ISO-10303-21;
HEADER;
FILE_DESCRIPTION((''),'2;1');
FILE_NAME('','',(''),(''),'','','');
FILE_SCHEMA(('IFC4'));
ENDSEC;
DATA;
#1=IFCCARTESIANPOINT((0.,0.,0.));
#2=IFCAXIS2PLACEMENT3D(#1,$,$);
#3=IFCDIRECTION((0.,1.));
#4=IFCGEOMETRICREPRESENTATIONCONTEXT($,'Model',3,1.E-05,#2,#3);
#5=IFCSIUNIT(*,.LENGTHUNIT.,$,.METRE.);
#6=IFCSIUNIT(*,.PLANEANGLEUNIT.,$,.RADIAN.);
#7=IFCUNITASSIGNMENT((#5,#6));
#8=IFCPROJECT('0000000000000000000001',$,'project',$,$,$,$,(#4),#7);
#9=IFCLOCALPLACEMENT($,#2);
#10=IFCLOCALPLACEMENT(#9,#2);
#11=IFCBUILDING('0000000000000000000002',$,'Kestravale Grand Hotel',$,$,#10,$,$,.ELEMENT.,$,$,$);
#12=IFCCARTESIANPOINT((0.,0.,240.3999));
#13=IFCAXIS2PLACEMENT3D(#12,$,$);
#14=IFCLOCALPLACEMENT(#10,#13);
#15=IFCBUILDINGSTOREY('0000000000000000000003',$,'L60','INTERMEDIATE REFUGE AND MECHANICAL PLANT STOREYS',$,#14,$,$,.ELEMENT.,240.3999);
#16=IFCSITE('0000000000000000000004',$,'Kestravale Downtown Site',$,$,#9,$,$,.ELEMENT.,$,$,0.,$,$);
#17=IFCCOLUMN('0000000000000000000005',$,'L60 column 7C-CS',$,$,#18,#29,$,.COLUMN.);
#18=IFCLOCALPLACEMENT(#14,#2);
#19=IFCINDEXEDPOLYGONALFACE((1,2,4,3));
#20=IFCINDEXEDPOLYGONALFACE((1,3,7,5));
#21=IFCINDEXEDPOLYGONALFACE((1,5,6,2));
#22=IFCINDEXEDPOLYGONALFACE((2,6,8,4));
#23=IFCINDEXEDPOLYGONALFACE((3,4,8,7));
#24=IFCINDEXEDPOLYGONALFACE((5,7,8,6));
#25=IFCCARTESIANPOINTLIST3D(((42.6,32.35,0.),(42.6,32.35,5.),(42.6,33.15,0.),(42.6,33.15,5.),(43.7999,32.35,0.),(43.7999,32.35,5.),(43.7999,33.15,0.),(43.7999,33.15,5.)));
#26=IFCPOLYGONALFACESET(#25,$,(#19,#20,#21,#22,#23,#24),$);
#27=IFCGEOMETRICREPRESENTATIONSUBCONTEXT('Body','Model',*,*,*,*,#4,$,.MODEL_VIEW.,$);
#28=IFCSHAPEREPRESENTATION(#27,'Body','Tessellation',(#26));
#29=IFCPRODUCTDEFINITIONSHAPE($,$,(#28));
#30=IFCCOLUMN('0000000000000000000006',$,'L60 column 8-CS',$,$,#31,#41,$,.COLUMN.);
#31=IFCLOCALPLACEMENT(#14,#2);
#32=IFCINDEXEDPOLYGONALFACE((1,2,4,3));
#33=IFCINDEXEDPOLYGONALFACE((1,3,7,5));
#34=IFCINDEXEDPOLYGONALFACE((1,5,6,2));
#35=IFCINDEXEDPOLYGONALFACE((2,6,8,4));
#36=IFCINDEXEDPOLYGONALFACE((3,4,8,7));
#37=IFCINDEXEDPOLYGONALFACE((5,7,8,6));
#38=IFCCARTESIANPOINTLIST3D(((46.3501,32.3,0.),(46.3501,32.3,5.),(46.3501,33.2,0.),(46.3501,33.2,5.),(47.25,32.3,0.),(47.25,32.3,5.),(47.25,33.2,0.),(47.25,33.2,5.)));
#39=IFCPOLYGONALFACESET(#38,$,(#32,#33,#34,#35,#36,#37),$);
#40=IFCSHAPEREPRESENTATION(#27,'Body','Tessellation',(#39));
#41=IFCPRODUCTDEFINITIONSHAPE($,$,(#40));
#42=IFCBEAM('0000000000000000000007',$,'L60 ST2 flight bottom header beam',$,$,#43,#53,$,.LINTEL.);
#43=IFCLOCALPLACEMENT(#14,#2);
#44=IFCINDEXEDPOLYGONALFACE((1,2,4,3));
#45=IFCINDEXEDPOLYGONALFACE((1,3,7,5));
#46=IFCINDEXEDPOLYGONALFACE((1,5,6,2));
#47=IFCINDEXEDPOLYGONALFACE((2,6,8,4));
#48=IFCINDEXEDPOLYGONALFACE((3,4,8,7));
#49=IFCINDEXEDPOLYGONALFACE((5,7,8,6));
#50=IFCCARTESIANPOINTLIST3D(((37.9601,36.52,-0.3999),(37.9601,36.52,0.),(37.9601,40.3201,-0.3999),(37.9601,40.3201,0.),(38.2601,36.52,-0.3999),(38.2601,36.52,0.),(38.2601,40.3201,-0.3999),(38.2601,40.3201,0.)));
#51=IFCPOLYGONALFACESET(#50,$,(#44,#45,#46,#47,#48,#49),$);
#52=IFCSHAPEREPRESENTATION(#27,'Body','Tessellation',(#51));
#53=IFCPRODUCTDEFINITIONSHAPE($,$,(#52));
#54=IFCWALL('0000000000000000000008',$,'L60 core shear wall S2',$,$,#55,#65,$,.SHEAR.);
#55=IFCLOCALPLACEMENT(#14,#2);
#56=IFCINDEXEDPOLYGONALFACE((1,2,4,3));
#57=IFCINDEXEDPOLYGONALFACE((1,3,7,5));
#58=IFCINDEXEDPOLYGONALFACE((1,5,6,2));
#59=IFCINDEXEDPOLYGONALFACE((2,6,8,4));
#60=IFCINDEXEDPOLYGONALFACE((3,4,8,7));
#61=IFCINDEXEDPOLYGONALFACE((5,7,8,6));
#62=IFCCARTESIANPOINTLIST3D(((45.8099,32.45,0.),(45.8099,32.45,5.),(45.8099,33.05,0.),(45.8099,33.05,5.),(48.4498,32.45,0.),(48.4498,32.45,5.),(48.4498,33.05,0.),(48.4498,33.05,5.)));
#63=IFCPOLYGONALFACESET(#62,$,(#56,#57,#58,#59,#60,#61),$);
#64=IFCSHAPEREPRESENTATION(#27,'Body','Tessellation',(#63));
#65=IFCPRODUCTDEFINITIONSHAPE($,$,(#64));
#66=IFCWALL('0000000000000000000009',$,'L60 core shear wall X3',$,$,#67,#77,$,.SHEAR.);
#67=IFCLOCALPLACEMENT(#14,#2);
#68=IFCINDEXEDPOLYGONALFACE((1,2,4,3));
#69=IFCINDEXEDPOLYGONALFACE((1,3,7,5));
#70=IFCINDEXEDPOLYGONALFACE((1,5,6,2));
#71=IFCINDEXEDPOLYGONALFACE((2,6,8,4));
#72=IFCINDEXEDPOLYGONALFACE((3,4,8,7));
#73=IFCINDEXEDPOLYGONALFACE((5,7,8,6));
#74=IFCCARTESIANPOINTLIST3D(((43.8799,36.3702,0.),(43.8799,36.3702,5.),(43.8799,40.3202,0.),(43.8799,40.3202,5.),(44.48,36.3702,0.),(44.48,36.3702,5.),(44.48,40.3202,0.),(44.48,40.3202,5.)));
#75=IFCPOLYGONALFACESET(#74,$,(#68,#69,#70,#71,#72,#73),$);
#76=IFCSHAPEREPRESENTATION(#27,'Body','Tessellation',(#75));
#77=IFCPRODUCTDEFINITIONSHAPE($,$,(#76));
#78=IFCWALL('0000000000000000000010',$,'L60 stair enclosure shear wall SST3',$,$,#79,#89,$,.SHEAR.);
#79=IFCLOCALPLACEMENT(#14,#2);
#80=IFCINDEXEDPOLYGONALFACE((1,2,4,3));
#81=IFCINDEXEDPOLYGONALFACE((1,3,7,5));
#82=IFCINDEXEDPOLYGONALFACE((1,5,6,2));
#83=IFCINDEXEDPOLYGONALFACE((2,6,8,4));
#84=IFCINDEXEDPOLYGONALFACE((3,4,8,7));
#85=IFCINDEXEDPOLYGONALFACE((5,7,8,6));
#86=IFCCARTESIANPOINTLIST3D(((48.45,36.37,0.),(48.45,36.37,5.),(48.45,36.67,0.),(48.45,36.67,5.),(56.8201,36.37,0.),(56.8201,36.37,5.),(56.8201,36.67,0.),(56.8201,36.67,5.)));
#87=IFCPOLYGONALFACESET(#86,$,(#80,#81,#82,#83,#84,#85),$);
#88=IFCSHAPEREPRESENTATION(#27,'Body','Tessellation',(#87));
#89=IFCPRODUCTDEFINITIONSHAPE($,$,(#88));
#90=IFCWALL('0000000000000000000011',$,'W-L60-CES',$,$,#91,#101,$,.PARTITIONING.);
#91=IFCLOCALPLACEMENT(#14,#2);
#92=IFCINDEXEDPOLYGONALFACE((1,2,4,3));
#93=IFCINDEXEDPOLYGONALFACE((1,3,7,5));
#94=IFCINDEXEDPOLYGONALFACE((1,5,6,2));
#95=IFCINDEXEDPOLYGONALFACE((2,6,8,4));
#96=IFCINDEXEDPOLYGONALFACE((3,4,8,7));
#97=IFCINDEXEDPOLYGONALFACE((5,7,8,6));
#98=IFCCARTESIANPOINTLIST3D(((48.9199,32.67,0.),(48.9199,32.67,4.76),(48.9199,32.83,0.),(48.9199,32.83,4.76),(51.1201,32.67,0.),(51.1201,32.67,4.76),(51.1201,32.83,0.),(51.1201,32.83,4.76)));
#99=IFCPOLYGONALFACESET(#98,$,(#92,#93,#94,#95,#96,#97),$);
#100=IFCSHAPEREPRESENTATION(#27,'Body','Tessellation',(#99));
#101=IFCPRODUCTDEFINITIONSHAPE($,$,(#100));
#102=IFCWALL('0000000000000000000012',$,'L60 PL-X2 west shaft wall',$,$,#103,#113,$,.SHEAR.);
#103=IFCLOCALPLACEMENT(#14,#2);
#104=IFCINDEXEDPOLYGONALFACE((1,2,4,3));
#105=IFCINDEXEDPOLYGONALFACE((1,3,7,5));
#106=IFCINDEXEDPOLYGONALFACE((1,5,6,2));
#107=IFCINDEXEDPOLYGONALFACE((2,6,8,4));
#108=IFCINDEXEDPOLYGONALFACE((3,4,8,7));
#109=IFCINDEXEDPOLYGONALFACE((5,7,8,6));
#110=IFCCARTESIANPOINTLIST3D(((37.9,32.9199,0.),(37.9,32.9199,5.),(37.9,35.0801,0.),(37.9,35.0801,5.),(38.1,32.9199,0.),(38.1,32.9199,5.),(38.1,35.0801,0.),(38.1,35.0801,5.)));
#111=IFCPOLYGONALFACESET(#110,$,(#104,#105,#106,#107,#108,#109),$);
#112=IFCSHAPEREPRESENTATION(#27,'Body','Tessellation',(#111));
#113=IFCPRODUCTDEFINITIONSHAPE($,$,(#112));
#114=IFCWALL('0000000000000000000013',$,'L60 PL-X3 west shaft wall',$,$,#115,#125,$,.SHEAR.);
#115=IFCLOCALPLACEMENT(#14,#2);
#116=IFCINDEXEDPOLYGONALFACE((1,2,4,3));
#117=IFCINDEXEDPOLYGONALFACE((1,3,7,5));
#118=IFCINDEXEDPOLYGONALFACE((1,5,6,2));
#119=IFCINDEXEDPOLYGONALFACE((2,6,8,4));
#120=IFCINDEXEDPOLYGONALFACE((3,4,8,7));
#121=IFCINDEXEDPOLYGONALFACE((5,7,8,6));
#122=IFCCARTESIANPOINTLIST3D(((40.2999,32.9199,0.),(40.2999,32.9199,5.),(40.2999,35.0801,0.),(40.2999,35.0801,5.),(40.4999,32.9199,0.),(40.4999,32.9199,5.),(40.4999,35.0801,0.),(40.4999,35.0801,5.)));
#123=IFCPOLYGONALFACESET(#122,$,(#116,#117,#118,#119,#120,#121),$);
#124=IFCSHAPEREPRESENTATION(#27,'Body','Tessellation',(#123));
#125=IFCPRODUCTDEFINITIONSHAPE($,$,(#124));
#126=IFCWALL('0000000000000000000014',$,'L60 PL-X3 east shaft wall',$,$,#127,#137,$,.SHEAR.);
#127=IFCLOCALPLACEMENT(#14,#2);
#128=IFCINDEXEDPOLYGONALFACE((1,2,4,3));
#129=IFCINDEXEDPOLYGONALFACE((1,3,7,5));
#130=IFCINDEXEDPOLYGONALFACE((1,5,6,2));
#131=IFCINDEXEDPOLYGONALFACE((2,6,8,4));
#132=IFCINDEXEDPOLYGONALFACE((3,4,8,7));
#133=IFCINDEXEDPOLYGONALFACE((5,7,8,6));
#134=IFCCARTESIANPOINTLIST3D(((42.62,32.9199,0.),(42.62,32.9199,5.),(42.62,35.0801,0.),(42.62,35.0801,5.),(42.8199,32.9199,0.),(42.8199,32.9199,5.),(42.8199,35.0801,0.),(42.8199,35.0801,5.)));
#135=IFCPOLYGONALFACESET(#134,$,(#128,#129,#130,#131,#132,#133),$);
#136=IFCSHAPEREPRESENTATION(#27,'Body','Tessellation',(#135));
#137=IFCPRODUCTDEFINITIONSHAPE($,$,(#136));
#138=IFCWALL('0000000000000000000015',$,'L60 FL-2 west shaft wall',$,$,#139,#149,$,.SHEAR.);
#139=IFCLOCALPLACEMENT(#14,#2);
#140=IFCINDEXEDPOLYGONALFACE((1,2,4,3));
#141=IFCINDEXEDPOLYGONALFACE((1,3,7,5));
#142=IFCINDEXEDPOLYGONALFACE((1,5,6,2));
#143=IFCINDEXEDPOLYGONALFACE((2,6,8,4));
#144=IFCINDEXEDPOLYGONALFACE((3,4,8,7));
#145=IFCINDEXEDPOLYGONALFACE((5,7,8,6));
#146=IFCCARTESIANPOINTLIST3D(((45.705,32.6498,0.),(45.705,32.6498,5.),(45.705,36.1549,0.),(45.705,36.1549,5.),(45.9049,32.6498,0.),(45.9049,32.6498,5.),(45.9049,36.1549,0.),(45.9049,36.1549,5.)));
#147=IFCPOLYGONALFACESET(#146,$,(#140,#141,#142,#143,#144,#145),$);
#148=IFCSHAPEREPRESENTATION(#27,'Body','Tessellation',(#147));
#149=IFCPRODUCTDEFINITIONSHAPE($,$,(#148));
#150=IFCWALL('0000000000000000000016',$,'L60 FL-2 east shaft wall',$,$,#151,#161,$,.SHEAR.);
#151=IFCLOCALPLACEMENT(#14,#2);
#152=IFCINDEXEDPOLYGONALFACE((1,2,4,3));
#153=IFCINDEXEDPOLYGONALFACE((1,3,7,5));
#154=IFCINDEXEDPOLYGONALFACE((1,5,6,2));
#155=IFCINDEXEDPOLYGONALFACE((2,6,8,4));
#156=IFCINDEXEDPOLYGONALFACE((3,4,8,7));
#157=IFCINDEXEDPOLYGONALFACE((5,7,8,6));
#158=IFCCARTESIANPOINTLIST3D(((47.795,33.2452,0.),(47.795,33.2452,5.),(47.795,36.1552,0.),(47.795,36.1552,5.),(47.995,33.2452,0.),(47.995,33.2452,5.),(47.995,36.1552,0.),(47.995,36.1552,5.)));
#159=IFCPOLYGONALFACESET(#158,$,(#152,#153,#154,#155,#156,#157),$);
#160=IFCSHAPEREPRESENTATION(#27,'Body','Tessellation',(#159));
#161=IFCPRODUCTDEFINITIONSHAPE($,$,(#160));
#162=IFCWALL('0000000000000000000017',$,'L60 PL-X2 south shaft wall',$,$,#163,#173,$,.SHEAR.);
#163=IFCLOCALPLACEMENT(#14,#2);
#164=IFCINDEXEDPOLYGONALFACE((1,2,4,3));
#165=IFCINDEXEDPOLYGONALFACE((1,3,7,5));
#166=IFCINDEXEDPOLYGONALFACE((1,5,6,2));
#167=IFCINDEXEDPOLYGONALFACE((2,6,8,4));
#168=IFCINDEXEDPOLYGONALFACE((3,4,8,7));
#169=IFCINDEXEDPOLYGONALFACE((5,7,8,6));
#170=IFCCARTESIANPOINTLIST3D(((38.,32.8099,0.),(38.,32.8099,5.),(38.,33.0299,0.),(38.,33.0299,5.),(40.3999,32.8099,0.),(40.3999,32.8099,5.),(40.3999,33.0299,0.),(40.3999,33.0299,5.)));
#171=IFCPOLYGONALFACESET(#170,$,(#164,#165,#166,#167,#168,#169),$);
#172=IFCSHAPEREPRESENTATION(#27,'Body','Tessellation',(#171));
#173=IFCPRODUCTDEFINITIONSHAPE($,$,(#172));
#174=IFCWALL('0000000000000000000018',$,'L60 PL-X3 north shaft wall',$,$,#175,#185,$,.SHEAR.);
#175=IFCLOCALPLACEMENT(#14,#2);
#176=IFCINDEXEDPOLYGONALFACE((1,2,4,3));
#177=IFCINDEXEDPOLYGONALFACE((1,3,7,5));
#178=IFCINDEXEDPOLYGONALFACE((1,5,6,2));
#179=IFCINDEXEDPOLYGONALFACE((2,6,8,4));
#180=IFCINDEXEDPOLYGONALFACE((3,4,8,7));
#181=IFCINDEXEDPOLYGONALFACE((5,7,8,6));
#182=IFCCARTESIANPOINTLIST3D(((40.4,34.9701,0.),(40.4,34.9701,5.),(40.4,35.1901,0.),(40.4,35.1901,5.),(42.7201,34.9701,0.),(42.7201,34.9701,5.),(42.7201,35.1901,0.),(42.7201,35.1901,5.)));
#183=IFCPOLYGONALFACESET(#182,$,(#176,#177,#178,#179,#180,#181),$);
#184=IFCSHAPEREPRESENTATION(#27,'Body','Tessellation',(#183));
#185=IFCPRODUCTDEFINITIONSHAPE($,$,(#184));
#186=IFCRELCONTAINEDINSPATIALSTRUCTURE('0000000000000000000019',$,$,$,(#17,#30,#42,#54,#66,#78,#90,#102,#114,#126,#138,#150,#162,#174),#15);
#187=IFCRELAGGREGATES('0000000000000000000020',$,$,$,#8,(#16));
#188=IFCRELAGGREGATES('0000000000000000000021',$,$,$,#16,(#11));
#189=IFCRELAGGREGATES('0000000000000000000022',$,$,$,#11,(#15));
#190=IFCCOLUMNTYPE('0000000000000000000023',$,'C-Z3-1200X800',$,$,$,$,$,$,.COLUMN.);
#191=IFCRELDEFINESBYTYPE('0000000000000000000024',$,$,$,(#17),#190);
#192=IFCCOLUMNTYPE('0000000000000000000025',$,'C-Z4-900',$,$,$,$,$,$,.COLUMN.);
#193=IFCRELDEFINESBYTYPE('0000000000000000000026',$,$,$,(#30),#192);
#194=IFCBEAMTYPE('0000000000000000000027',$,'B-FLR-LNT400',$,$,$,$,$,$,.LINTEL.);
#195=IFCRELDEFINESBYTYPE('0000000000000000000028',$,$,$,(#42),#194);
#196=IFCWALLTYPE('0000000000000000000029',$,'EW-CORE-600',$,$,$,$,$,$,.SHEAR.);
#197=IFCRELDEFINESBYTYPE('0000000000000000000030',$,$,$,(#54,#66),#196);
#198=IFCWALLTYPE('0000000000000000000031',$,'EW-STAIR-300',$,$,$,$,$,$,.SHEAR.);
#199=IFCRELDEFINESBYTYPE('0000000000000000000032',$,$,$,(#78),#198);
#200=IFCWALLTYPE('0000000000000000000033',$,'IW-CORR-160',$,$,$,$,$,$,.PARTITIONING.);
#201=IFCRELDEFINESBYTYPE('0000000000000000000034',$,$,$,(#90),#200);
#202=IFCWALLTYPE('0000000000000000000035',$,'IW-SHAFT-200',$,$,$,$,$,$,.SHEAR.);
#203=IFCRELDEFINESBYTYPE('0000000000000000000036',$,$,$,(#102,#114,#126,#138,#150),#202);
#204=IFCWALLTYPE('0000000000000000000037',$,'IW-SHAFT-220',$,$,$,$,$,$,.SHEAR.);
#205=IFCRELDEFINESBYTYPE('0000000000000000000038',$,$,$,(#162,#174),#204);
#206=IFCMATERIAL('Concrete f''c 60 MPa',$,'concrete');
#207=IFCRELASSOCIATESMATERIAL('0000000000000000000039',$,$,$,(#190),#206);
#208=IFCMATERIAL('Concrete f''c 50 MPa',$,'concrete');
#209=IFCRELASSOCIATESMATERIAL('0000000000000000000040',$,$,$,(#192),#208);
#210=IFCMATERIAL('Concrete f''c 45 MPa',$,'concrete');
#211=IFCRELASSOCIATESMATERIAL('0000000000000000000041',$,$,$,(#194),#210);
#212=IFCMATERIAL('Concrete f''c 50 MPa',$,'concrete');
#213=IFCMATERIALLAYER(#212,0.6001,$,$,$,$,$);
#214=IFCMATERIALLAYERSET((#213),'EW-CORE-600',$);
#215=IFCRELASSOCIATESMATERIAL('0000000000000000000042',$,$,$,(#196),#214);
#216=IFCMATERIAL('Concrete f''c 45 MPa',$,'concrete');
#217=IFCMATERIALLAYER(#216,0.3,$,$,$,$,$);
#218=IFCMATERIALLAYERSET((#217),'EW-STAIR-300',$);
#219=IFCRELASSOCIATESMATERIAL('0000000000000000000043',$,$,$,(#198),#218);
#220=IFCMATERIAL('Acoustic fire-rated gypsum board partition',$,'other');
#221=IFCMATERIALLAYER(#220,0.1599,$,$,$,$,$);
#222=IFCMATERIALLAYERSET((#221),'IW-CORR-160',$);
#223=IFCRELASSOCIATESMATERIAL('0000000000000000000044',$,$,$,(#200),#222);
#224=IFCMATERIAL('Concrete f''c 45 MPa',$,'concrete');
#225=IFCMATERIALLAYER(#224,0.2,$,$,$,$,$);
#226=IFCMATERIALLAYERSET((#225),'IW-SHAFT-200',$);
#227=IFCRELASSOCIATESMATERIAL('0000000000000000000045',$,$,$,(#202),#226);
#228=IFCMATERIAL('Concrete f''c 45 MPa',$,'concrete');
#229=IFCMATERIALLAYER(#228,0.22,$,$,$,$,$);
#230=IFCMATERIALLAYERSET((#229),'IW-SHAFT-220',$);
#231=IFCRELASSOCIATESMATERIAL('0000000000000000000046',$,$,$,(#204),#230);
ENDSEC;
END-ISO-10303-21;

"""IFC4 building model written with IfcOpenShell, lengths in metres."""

from ifc_helpers import new_model, si_unit, direction, frame, frame_2d, origin, origin_2d, place, context, subcontext, project, spatial, rectangle, extrude, material, layer, layer_set, material_profile, profile_set, type_object, element, save


model = new_model("IFC4")

# Units and contexts
model_context = context("Model", 3, precision=1e-05, world=origin(), true_north=direction((0.0, 1.0)))
body_context = subcontext(model_context, "Body", "Model", "MODEL_VIEW")
ifc_project = project(units=[si_unit("LENGTHUNIT", "METRE"), si_unit("PLANEANGLEUNIT", "RADIAN")], contexts=[model_context])

# Site, building, storey
site_placement = place(None, origin())
site = spatial("IfcSite", under=ifc_project, at=site_placement, Name="Kestravale Downtown Site", CompositionType="ELEMENT", RefElevation=0.0)
building_placement = place(site_placement, origin())
building = spatial("IfcBuilding", under=site, at=building_placement, Name="Kestravale Grand Hotel", CompositionType="ELEMENT")
storey_placement = place(building_placement, frame((0.0, 0.0, 240.3999)))
storey = spatial("IfcBuildingStorey", under=building, at=storey_placement, Name="L60", Description="INTERMEDIATE REFUGE AND MECHANICAL PLANT STOREYS", CompositionType="ELEMENT", Elevation=240.3999)

# Columns
ifc_material_1 = material(Name="Concrete f'c 60 MPa", Category="concrete")
ifc_material_profile_1 = material_profile(ifc_material_1, rectangle(XDim=1.2, YDim=0.8, at=origin_2d()))
ifc_profile_set_1 = profile_set([ifc_material_profile_1], Name="Concrete f'c 60 MPa")
column_type_1 = type_object("IfcColumnType", Name="C-Z3-1200X800", PredefinedType="COLUMN", material=ifc_profile_set_1)
column_1_placement = place(storey_placement, frame((43.2, 32.75, 0.0), z_axis=(0.0, 0.0, 1.0), x_axis=(1.0, 0.0, 0.0)))
element("IfcColumn", 1, at=column_1_placement, inside=storey, type_object=column_type_1, Name="L60 column 7C-CS", PredefinedType="COLUMN", context=body_context, shape_type="SweptSolid", body=[
    extrude(rectangle(XDim=1.2, YDim=0.8, at=origin_2d()), origin(), (0.0, 0.0, 1.0), 5.0),
])
ifc_material_2 = material(Name="Concrete f'c 50 MPa", Category="concrete")
ifc_material_profile_2 = material_profile(ifc_material_2, rectangle(XDim=0.8999, YDim=0.8999, at=origin_2d()))
ifc_profile_set_2 = profile_set([ifc_material_profile_2], Name="Concrete f'c 50 MPa")
column_type_2 = type_object("IfcColumnType", Name="C-Z4-900", PredefinedType="COLUMN", material=ifc_profile_set_2)
column_2_placement = place(storey_placement, frame((46.8, 32.75, 0.0), z_axis=(0.0, 0.0, 1.0), x_axis=(1.0, 0.0, 0.0)))
element("IfcColumn", 2, at=column_2_placement, inside=storey, type_object=column_type_2, Name="L60 column 8-CS", PredefinedType="COLUMN", context=body_context, shape_type="SweptSolid", body=[
    extrude(rectangle(XDim=0.8999, YDim=0.8999, at=origin_2d()), origin(), (0.0, 0.0, 1.0), 5.0),
])

# Beam
ifc_material_3 = material(Name="Concrete f'c 45 MPa", Category="concrete")
ifc_material_profile_3 = material_profile(ifc_material_3, rectangle(XDim=0.3, YDim=0.3999, at=origin_2d()))
ifc_profile_set_3 = profile_set([ifc_material_profile_3], Name="Concrete f'c 45 MPa")
beam_type = type_object("IfcBeamType", Name="B-FLR-LNT400", PredefinedType="LINTEL", material=ifc_profile_set_3)
beam_placement = place(storey_placement, frame((38.1101, 36.52, -0.2), z_axis=(0.0, 1.0, 0.0), x_axis=(-1.0, 0.0, 0.0)))
element("IfcBeam", 3, at=beam_placement, inside=storey, type_object=beam_type, Name="L60 ST2 flight bottom header beam", PredefinedType="LINTEL", context=body_context, shape_type="SweptSolid", body=[
    extrude(rectangle(XDim=0.3, YDim=0.3999, at=origin_2d()), origin(), (0.0, 0.0, 1.0), 3.8),
])

# Walls
ifc_material_4 = material(Name="Concrete f'c 50 MPa", Category="concrete")
ifc_layer_1 = layer(ifc_material_4, 0.6001)
ifc_layer_set_1 = layer_set([ifc_layer_1], Name="EW-CORE-600")
wall_type_1 = type_object("IfcWallType", Name="EW-CORE-600", PredefinedType="SHEAR", material=ifc_layer_set_1)
wall_1_placement = place(storey_placement, frame((45.8101, 32.75, 0.0), z_axis=(0.0, 0.0, 1.0), x_axis=(1.0, 0.0, 0.0)))
element("IfcWall", 4, at=wall_1_placement, inside=storey, type_object=wall_type_1, Name="L60 core shear wall S2", PredefinedType="SHEAR", context=body_context, shape_type="SweptSolid", body=[
    extrude(rectangle(XDim=2.6399, YDim=0.6001, at=frame_2d((1.3198, 0.0))), origin(), (0.0, 0.0, 1.0), 5.0),
])
wall_2_placement = place(storey_placement, frame((44.1799, 36.3701, 0.0), z_axis=(0.0, 0.0, 1.0), x_axis=(0.0, 1.0, 0.0)))
element("IfcWall", 5, at=wall_2_placement, inside=storey, type_object=wall_type_1, Name="L60 core shear wall X3", PredefinedType="SHEAR", context=body_context, shape_type="SweptSolid", body=[
    extrude(rectangle(XDim=3.95, YDim=0.6001, at=frame_2d((1.9751, 0.0))), origin(), (0.0, 0.0, 1.0), 5.0),
])

# Walls
ifc_material_5 = material(Name="Concrete f'c 45 MPa", Category="concrete")
ifc_layer_2 = layer(ifc_material_5, 0.3)
ifc_layer_set_2 = layer_set([ifc_layer_2], Name="EW-STAIR-300")
wall_type_2 = type_object("IfcWallType", Name="EW-STAIR-300", PredefinedType="SHEAR", material=ifc_layer_set_2)
wall_3_placement = place(storey_placement, frame((48.45, 36.52, 0.0), z_axis=(0.0, 0.0, 1.0), x_axis=(1.0, 0.0, 0.0)))
element("IfcWall", 6, at=wall_3_placement, inside=storey, type_object=wall_type_2, Name="L60 stair enclosure shear wall SST3", PredefinedType="SHEAR", context=body_context, shape_type="SweptSolid", body=[
    extrude(rectangle(XDim=8.3701, YDim=0.3, at=frame_2d((4.1851, 0.0))), origin(), (0.0, 0.0, 1.0), 5.0),
])
ifc_material_6 = material(Name="Acoustic fire-rated gypsum board partition", Category="other")
ifc_layer_3 = layer(ifc_material_6, 0.1599)
ifc_layer_set_3 = layer_set([ifc_layer_3], Name="IW-CORR-160")
wall_type_3 = type_object("IfcWallType", Name="IW-CORR-160", PredefinedType="PARTITIONING", material=ifc_layer_set_3)
wall_4_placement = place(storey_placement, frame((48.9199, 32.75, 0.0), z_axis=(0.0, 0.0, 1.0), x_axis=(1.0, 0.0, 0.0)))
element("IfcWall", 7, at=wall_4_placement, inside=storey, type_object=wall_type_3, Name="W-L60-CES", PredefinedType="PARTITIONING", context=body_context, shape_type="SweptSolid", body=[
    extrude(rectangle(XDim=2.2002, YDim=0.1599, at=frame_2d((1.1001, 0.0))), origin(), (0.0, 0.0, 1.0), 4.76),
])

# Walls
ifc_material_7 = material(Name="Concrete f'c 45 MPa", Category="concrete")
ifc_layer_4 = layer(ifc_material_7, 0.2)
ifc_layer_set_4 = layer_set([ifc_layer_4], Name="IW-SHAFT-200")
wall_type_4 = type_object("IfcWallType", Name="IW-SHAFT-200", PredefinedType="SHEAR", material=ifc_layer_set_4)
for number, where, z_axis, x_axis, name in (
    (8, (38.0, 32.9199, 0.0), (0.0, 0.0, 1.0), (0.0, 1.0, 0.0), "L60 PL-X2 west shaft wall"),
    (9, (40.3999, 32.9199, 0.0), (0.0, 0.0, 1.0), (0.0, 1.0, 0.0), "L60 PL-X3 west shaft wall"),
    (10, (42.72, 32.9199, 0.0), (0.0, 0.0, 1.0), (0.0, 1.0, 0.0), "L60 PL-X3 east shaft wall"),
):
    element("IfcWall", number, at=place(storey_placement, frame(where, z_axis=z_axis, x_axis=x_axis)), inside=storey, type_object=wall_type_4, Name=name, PredefinedType="SHEAR", context=body_context, shape_type="SweptSolid", body=[
        extrude(rectangle(XDim=2.1602, YDim=0.2, at=frame_2d((1.0801, 0.0))), origin(), (0.0, 0.0, 1.0), 5.0),
    ])
wall_5_placement = place(storey_placement, frame((45.8049, 32.6499, 0.0), z_axis=(0.0, 0.0, 1.0), x_axis=(0.0, 1.0, 0.0)))
element("IfcWall", 11, at=wall_5_placement, inside=storey, type_object=wall_type_4, Name="L60 FL-2 west shaft wall", PredefinedType="SHEAR", context=body_context, shape_type="SweptSolid", body=[
    extrude(rectangle(XDim=3.5051, YDim=0.2, at=frame_2d((1.7524, 0.0))), origin(), (0.0, 0.0, 1.0), 5.0),
])
wall_6_placement = place(storey_placement, frame((47.895, 33.2451, 0.0), z_axis=(0.0, 0.0, 1.0), x_axis=(0.0, 1.0, 0.0)))
element("IfcWall", 12, at=wall_6_placement, inside=storey, type_object=wall_type_4, Name="L60 FL-2 east shaft wall", PredefinedType="SHEAR", context=body_context, shape_type="SweptSolid", body=[
    extrude(rectangle(XDim=2.9099, YDim=0.2, at=frame_2d((1.4551, 0.0))), origin(), (0.0, 0.0, 1.0), 5.0),
])
ifc_material_8 = material(Name="Concrete f'c 45 MPa", Category="concrete")
ifc_layer_5 = layer(ifc_material_8, 0.22)
ifc_layer_set_5 = layer_set([ifc_layer_5], Name="IW-SHAFT-220")
wall_type_5 = type_object("IfcWallType", Name="IW-SHAFT-220", PredefinedType="SHEAR", material=ifc_layer_set_5)
wall_7_placement = place(storey_placement, frame((38.0, 32.9199, 0.0), z_axis=(0.0, 0.0, 1.0), x_axis=(1.0, 0.0, 0.0)))
element("IfcWall", 13, at=wall_7_placement, inside=storey, type_object=wall_type_5, Name="L60 PL-X2 south shaft wall", PredefinedType="SHEAR", context=body_context, shape_type="SweptSolid", body=[
    extrude(rectangle(XDim=2.3999, YDim=0.22, at=frame_2d((1.2, 0.0))), origin(), (0.0, 0.0, 1.0), 5.0),
])
for number, where, z_axis, x_axis, name in (
    (14, (40.3999, 35.0801, 0.0), (0.0, 0.0, 1.0), (1.0, 0.0, 0.0), "L60 PL-X3 north shaft wall"),
):
    element("IfcWall", number, at=place(storey_placement, frame(where, z_axis=z_axis, x_axis=x_axis)), inside=storey, type_object=wall_type_5, Name=name, PredefinedType="SHEAR", context=body_context, shape_type="SweptSolid", body=[
        extrude(rectangle(XDim=2.3201, YDim=0.22, at=frame_2d((1.1602, 0.0))), origin(), (0.0, 0.0, 1.0), 5.0),
    ])

save(model, "model.ifc")
